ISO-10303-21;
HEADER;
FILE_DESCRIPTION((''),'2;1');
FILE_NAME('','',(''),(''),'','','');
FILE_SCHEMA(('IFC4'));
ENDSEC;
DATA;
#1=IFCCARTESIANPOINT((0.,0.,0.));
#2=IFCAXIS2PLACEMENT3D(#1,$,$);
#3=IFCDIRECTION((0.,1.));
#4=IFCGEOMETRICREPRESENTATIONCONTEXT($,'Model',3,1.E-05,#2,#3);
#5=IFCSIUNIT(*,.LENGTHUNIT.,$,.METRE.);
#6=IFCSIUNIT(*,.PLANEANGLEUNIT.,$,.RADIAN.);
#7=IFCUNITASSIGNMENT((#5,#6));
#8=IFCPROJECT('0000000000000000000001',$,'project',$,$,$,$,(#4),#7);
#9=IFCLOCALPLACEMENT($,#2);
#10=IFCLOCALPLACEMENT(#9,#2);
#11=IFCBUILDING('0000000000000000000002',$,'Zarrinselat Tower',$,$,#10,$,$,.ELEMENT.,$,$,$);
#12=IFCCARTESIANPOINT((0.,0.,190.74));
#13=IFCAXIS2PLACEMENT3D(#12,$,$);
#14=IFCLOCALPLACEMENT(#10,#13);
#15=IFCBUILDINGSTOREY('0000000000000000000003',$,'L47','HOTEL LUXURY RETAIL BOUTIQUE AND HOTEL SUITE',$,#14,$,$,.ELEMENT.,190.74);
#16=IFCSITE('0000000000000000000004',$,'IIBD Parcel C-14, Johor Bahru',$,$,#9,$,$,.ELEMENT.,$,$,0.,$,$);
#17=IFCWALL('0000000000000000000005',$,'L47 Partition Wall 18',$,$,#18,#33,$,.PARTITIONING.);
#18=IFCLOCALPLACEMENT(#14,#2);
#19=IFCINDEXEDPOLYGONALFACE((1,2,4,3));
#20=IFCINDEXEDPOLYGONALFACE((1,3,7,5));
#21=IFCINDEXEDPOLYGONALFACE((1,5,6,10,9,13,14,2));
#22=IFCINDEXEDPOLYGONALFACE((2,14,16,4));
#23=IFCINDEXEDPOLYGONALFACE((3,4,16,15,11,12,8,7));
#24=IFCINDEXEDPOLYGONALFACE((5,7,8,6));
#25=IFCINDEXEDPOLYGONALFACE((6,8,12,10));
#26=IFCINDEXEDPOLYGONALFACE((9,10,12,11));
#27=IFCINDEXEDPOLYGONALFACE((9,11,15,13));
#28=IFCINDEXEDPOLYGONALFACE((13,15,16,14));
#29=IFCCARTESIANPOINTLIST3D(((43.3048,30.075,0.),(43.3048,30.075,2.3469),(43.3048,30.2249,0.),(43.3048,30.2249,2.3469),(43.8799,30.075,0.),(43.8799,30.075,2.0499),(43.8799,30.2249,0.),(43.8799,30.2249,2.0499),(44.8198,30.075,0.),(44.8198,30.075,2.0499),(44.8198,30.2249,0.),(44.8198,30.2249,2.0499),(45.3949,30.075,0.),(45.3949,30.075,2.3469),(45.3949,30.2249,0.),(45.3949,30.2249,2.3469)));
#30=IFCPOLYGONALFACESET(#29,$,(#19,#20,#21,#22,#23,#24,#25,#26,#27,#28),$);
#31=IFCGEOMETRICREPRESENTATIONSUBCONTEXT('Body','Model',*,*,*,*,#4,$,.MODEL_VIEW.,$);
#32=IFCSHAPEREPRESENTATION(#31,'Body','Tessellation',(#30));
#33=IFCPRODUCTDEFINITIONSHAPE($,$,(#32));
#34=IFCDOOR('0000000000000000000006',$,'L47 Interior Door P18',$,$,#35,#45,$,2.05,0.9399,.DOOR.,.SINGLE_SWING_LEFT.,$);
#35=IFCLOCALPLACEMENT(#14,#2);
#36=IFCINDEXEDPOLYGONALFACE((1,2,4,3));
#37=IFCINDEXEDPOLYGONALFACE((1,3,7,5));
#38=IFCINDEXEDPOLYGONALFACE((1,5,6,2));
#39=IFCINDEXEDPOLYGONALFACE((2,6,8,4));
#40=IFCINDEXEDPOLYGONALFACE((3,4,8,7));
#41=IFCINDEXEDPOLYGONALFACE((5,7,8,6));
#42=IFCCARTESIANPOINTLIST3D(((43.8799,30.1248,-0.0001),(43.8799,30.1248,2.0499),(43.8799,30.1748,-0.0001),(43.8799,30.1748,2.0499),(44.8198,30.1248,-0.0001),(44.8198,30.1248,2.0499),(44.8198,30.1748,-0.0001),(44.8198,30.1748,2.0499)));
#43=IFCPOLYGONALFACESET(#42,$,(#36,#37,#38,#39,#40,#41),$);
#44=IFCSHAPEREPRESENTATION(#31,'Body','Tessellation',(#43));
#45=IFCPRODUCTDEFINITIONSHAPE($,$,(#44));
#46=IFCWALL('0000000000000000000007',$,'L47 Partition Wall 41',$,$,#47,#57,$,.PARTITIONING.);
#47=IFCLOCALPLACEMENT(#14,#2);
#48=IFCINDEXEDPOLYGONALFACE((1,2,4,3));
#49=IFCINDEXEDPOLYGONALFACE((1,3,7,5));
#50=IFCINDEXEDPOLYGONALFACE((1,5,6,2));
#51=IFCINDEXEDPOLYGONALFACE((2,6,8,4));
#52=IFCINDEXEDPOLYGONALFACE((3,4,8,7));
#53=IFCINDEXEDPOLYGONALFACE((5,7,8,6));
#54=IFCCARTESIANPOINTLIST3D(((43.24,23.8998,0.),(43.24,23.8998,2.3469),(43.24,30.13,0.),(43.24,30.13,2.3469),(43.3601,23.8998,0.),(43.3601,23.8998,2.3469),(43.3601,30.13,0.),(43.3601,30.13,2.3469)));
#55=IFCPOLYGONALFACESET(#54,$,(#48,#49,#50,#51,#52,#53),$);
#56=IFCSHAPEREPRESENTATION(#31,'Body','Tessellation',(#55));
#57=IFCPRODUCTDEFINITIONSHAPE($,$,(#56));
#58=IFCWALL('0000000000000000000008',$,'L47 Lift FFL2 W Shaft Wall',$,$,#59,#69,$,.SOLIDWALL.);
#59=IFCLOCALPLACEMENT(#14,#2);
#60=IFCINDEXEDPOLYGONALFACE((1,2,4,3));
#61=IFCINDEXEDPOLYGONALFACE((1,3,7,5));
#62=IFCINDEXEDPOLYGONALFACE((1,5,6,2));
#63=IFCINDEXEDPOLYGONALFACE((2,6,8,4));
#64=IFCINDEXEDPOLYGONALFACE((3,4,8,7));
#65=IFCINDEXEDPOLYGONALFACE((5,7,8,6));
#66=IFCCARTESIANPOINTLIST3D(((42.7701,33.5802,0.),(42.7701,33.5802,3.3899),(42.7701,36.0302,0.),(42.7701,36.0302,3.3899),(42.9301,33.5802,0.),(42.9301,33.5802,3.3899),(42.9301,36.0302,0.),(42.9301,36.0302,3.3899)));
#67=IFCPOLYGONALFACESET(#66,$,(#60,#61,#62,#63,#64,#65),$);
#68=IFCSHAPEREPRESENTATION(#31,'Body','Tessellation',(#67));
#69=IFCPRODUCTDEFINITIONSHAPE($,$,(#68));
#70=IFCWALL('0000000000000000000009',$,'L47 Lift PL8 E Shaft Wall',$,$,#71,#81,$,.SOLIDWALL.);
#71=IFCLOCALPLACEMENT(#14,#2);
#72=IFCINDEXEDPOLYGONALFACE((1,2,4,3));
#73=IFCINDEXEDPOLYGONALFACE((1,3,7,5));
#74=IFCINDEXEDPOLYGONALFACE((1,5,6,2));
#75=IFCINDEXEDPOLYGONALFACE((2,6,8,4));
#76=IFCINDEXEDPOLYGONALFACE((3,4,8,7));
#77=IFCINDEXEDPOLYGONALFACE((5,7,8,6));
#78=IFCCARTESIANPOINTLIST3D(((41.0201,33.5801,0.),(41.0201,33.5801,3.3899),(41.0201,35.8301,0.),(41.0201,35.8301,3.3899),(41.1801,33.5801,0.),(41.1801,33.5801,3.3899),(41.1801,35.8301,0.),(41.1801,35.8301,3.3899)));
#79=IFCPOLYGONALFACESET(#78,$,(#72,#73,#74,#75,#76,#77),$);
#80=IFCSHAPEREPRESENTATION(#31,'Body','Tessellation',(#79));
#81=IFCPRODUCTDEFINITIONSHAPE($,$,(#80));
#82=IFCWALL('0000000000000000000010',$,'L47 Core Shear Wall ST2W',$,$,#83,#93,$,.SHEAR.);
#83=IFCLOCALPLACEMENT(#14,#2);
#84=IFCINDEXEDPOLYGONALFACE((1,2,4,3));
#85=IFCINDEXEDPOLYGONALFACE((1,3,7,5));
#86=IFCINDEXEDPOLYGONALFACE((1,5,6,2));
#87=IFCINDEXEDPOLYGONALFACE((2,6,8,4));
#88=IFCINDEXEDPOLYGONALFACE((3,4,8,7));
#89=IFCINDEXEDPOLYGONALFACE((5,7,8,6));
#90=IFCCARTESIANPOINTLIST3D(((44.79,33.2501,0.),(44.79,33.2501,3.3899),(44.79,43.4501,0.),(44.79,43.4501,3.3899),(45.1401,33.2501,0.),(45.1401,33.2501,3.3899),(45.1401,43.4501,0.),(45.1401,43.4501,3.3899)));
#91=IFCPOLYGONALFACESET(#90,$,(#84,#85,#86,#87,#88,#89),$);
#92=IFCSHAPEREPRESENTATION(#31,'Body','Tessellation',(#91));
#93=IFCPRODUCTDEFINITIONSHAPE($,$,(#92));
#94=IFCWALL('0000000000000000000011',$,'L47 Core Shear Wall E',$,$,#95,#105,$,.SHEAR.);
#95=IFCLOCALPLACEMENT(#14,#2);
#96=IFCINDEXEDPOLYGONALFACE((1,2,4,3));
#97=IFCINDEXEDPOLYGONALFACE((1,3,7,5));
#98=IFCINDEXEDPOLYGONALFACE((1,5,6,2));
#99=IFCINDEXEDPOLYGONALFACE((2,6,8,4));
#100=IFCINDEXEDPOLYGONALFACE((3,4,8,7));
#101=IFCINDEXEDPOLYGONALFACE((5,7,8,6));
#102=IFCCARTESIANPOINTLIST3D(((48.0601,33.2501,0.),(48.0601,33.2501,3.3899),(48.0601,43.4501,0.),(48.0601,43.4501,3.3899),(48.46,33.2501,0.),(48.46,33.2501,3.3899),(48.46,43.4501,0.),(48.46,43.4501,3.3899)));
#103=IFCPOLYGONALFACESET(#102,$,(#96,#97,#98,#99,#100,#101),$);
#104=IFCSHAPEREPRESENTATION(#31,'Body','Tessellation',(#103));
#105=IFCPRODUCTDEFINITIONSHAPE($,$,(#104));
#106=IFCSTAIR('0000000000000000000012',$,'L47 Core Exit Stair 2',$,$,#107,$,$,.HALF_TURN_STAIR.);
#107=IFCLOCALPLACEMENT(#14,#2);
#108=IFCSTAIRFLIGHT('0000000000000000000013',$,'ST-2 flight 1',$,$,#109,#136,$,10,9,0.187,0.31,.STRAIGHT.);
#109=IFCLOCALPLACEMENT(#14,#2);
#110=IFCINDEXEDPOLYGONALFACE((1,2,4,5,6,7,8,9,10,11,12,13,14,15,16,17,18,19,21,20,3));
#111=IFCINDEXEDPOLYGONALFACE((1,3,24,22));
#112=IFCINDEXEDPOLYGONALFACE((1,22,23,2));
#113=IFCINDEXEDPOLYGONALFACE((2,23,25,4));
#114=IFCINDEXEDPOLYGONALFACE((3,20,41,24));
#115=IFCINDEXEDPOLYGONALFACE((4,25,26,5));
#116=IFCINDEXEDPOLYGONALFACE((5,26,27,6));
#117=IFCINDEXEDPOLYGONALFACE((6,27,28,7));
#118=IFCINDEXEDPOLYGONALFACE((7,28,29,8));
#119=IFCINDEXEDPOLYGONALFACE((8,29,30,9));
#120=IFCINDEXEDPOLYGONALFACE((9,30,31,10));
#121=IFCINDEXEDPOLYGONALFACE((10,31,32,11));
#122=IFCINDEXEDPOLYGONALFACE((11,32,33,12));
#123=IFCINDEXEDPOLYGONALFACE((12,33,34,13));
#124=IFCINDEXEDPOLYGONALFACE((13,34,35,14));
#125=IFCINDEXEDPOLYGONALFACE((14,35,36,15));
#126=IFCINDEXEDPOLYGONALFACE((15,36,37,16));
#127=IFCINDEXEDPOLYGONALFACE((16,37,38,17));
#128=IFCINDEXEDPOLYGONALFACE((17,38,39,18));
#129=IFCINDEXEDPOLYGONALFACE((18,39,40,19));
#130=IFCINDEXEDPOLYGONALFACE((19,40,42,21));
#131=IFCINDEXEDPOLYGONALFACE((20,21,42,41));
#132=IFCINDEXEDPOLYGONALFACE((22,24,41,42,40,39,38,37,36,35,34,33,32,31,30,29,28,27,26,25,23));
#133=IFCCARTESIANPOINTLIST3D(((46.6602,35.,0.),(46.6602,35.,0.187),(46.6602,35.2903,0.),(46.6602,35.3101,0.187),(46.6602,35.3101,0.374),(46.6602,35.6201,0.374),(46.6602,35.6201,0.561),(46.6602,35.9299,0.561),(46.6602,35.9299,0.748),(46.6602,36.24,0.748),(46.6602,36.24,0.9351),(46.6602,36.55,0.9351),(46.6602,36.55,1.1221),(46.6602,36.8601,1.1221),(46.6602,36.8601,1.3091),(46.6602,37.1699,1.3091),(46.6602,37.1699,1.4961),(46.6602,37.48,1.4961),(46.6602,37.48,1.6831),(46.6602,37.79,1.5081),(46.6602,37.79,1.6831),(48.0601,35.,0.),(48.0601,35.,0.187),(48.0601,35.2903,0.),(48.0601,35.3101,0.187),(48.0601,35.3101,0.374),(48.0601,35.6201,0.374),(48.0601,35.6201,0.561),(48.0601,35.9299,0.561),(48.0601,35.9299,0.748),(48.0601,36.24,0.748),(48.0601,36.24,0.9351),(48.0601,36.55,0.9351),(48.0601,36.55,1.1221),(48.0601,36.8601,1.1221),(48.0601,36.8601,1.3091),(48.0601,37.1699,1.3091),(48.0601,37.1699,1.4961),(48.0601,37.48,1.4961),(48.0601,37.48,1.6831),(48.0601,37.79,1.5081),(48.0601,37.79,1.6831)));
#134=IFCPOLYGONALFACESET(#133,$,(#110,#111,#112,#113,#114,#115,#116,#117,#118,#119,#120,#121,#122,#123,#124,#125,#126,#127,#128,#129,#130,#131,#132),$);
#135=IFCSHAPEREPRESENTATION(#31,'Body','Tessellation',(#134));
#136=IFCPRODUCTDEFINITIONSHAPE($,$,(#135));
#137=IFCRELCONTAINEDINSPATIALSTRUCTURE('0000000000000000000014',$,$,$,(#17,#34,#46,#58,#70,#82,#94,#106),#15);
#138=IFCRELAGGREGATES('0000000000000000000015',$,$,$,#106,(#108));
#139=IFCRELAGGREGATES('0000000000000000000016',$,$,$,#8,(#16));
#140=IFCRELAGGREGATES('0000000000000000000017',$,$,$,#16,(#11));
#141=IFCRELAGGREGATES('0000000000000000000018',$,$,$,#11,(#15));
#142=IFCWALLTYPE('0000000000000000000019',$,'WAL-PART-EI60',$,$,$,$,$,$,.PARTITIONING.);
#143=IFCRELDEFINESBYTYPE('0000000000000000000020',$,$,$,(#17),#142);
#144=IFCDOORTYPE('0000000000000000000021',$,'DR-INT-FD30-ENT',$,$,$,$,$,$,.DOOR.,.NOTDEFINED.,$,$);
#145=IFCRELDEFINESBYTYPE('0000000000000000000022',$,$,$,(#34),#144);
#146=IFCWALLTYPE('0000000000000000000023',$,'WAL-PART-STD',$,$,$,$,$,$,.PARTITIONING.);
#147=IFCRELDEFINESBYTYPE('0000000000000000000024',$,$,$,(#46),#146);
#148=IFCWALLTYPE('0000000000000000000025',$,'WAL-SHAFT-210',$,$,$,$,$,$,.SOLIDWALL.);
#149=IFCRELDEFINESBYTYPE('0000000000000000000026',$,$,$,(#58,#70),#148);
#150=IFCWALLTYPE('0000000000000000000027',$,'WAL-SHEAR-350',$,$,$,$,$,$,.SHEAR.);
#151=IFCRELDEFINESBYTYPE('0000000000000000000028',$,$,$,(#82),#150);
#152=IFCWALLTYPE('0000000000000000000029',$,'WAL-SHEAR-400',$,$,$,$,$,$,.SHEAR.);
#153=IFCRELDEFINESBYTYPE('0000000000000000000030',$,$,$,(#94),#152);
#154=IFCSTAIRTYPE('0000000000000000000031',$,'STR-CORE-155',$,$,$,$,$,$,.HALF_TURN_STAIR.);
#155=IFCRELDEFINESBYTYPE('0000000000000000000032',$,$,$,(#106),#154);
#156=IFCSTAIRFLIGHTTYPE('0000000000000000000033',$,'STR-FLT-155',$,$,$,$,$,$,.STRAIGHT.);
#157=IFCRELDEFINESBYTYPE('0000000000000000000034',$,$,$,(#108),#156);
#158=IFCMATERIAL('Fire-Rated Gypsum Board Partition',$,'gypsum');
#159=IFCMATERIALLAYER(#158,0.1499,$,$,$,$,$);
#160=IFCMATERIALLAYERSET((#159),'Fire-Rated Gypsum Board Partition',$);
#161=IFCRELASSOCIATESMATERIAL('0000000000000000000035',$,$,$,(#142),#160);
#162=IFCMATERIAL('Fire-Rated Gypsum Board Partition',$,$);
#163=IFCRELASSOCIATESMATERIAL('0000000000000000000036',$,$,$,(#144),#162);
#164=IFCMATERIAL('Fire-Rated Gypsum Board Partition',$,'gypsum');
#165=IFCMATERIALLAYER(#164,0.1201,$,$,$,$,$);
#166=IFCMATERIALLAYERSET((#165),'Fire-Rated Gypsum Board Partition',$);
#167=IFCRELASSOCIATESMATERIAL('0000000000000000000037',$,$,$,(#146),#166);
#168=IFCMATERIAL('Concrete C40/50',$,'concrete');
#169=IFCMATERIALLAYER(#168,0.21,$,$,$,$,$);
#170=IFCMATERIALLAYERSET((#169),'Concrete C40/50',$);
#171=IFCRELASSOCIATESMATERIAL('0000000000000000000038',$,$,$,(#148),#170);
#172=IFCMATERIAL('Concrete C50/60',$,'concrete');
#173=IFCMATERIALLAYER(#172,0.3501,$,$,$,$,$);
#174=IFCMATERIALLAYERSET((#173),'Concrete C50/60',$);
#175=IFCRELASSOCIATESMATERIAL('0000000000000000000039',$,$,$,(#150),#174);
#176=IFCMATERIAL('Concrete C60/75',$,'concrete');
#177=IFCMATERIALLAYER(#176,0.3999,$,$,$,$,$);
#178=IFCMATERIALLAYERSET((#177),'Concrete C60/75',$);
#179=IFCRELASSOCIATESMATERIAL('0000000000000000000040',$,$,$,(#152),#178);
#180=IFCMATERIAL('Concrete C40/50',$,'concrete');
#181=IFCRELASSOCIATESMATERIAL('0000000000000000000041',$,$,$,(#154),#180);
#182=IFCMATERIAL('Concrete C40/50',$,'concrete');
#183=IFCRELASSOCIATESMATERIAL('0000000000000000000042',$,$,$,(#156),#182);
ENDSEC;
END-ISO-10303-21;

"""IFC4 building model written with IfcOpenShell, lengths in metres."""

from ifc_helpers import new_model, si_unit, direction, frame, frame_2d, origin, place, context, subcontext, project, spatial, polyline, rectangle, outline, extrude, material, layer, layer_set, type_object, element, fill, aggregate, save


model = new_model("IFC4")

# Units and contexts
model_context = context("Model", 3, precision=1e-05, world=origin(), true_north=direction((0.0, 1.0)))
body_context = subcontext(model_context, "Body", "Model", "MODEL_VIEW")
ifc_project = project(units=[si_unit("LENGTHUNIT", "METRE"), si_unit("PLANEANGLEUNIT", "RADIAN")], contexts=[model_context])

# Site, building, storey
site_placement = place(None, origin())
site = spatial("IfcSite", under=ifc_project, at=site_placement, Name="IIBD Parcel C-14, Johor Bahru", CompositionType="ELEMENT", RefElevation=0.0)
building_placement = place(site_placement, origin())
building = spatial("IfcBuilding", under=site, at=building_placement, Name="Zarrinselat Tower", CompositionType="ELEMENT")
storey_placement = place(building_placement, frame((0.0, 0.0, 190.74)))
storey = spatial("IfcBuildingStorey", under=building, at=storey_placement, Name="L47", Description="HOTEL LUXURY RETAIL BOUTIQUE AND HOTEL SUITE", CompositionType="ELEMENT", Elevation=190.74)

# Wall, opening, door
ifc_material_1 = material(Name="Fire-Rated Gypsum Board Partition", Category="gypsum")
ifc_layer_1 = layer(ifc_material_1, 0.1499)
ifc_layer_set_1 = layer_set([ifc_layer_1], Name="Fire-Rated Gypsum Board Partition")
wall_type_1 = type_object("IfcWallType", Name="WAL-PART-EI60", PredefinedType="PARTITIONING", material=ifc_layer_set_1)
wall_1_placement = place(storey_placement, frame((43.3049, 30.1499, 0.0), z_axis=(0.0, 0.0, 1.0), x_axis=(1.0, 0.0, 0.0)))
wall_1 = element("IfcWall", 1, at=wall_1_placement, inside=storey, type_object=wall_type_1, Name="L47 Partition Wall 18", PredefinedType="PARTITIONING", context=body_context, shape_type="SweptSolid", body=[
    extrude(rectangle(XDim=2.0901, YDim=0.1499, at=frame_2d((1.0449, 0.0))), origin(), (0.0, 0.0, 1.0), 2.3469),
])
opening_1_placement = place(wall_1_placement, frame((0.575, 0.0, 0.0)))
opening_1 = element("IfcOpeningElement", 2, at=opening_1_placement, cuts=wall_1, PredefinedType="OPENING", context=body_context, shape_type="SweptSolid", body=[
    extrude(rectangle(XDim=0.9399, YDim=2.05, at=frame_2d((0.47, 1.0249))), frame((0.0, 0.085, 0.0), z_axis=(0.0, -1.0, 0.0), x_axis=(1.0, 0.0, 0.0)), (0.0, 0.0, 1.0), 0.1699),
])
ifc_material_2 = material(Name="Fire-Rated Gypsum Board Partition")
door_type_1 = type_object("IfcDoorType", Name="DR-INT-FD30-ENT", OperationType="NOTDEFINED", PredefinedType="DOOR", material=ifc_material_2)
door_1_placement = place(opening_1_placement, origin())
door_1 = element("IfcDoor", 3, at=door_1_placement, inside=storey, type_object=door_type_1, Name="L47 Interior Door P18", OperationType="SINGLE_SWING_LEFT", OverallHeight=2.05, OverallWidth=0.9399, PredefinedType="DOOR", context=body_context, shape_type="SweptSolid", body=[
    extrude(rectangle(XDim=0.9399, YDim=2.05, at=frame_2d((0.47, 1.0249))), frame((0.0, 0.0249, 0.0), z_axis=(0.0, -1.0, 0.0), x_axis=(1.0, 0.0, 0.0)), (0.0, 0.0, 1.0), 0.05),
])
fill(opening_1, door_1)

# Walls
ifc_material_3 = material(Name="Fire-Rated Gypsum Board Partition", Category="gypsum")
ifc_layer_2 = layer(ifc_material_3, 0.1201)
ifc_layer_set_2 = layer_set([ifc_layer_2], Name="Fire-Rated Gypsum Board Partition")
wall_type_2 = type_object("IfcWallType", Name="WAL-PART-STD", PredefinedType="PARTITIONING", material=ifc_layer_set_2)
wall_2_placement = place(storey_placement, frame((43.3, 23.8997, 0.0), z_axis=(0.0, 0.0, 1.0), x_axis=(0.0, 1.0, 0.0)))
element("IfcWall", 4, at=wall_2_placement, inside=storey, type_object=wall_type_2, Name="L47 Partition Wall 41", PredefinedType="PARTITIONING", context=body_context, shape_type="SweptSolid", body=[
    extrude(rectangle(XDim=6.2302, YDim=0.1201, at=frame_2d((3.1152, 0.0))), origin(), (0.0, 0.0, 1.0), 2.3469),
])
ifc_material_4 = material(Name="Concrete C40/50", Category="concrete")
ifc_layer_3 = layer(ifc_material_4, 0.21)
ifc_layer_set_3 = layer_set([ifc_layer_3], Name="Concrete C40/50")
wall_type_3 = type_object("IfcWallType", Name="WAL-SHAFT-210", PredefinedType="SOLIDWALL", material=ifc_layer_set_3)
wall_3_placement = place(storey_placement, frame((42.8501, 33.5801, 0.0), z_axis=(0.0, 0.0, 1.0), x_axis=(0.0, 1.0, 0.0)))
element("IfcWall", 5, at=wall_3_placement, inside=storey, type_object=wall_type_3, Name="L47 Lift FFL2 W Shaft Wall", PredefinedType="SOLIDWALL", context=body_context, shape_type="SweptSolid", body=[
    extrude(rectangle(XDim=2.45, YDim=0.1599, at=frame_2d((1.2251, 0.0))), origin(), (0.0, 0.0, 1.0), 3.3899),
])
wall_4_placement = place(storey_placement, frame((41.1001, 33.5801, 0.0), z_axis=(0.0, 0.0, 1.0), x_axis=(0.0, 1.0, 0.0)))
element("IfcWall", 6, at=wall_4_placement, inside=storey, type_object=wall_type_3, Name="L47 Lift PL8 E Shaft Wall", PredefinedType="SOLIDWALL", context=body_context, shape_type="SweptSolid", body=[
    extrude(rectangle(XDim=2.25, YDim=0.1599, at=frame_2d((1.125, 0.0))), origin(), (0.0, 0.0, 1.0), 3.3899),
])
ifc_material_5 = material(Name="Concrete C50/60", Category="concrete")
ifc_layer_4 = layer(ifc_material_5, 0.3501)
ifc_layer_set_4 = layer_set([ifc_layer_4], Name="Concrete C50/60")
wall_type_4 = type_object("IfcWallType", Name="WAL-SHEAR-350", PredefinedType="SHEAR", material=ifc_layer_set_4)
wall_5_placement = place(storey_placement, frame((44.9651, 33.25, 0.0), z_axis=(0.0, 0.0, 1.0), x_axis=(0.0, 1.0, 0.0)))
element("IfcWall", 7, at=wall_5_placement, inside=storey, type_object=wall_type_4, Name="L47 Core Shear Wall ST2W", PredefinedType="SHEAR", context=body_context, shape_type="SweptSolid", body=[
    extrude(rectangle(XDim=10.2, YDim=0.3501, at=frame_2d((5.1001, 0.0))), origin(), (0.0, 0.0, 1.0), 3.3899),
])
ifc_material_6 = material(Name="Concrete C60/75", Category="concrete")
ifc_layer_5 = layer(ifc_material_6, 0.3999)
ifc_layer_set_5 = layer_set([ifc_layer_5], Name="Concrete C60/75")
wall_type_5 = type_object("IfcWallType", Name="WAL-SHEAR-400", PredefinedType="SHEAR", material=ifc_layer_set_5)
wall_6_placement = place(storey_placement, frame((48.26, 33.25, 0.0), z_axis=(0.0, 0.0, 1.0), x_axis=(0.0, 1.0, 0.0)))
element("IfcWall", 8, at=wall_6_placement, inside=storey, type_object=wall_type_5, Name="L47 Core Shear Wall E", PredefinedType="SHEAR", context=body_context, shape_type="SweptSolid", body=[
    extrude(rectangle(XDim=10.2, YDim=0.3999, at=frame_2d((5.1001, 0.0))), origin(), (0.0, 0.0, 1.0), 3.3899),
])

# Stair, stair flight
ifc_material_7 = material(Name="Concrete C40/50", Category="concrete")
stair_type = type_object("IfcStairType", Name="STR-CORE-155", PredefinedType="HALF_TURN_STAIR", material=ifc_material_7)
stair_placement = place(storey_placement, origin())
stair = element("IfcStair", 9, at=stair_placement, inside=storey, type_object=stair_type, Name="L47 Core Exit Stair 2", PredefinedType="HALF_TURN_STAIR")
ifc_material_8 = material(Name="Concrete C40/50", Category="concrete")
stair_flight_type = type_object("IfcStairFlightType", Name="STR-FLT-155", PredefinedType="STRAIGHT", material=ifc_material_8)
stair_flight_placement = place(storey_placement, frame((47.3601, 35.0, 0.0), z_axis=(0.0, 0.0, 1.0), x_axis=(0.0, 1.0, 0.0)))
stair_flight = element("IfcStairFlight", 10, at=stair_flight_placement, type_object=stair_flight_type, Name="ST-2 flight 1", NumberOfRisers=10, NumberOfTreads=9, PredefinedType="STRAIGHT", RiserHeight=0.187, TreadLength=0.31, context=body_context, shape_type="SweptSolid", body=[
    extrude(outline(polyline([(0.0, 0.0), (0.0, 0.187), (0.3101, 0.187), (0.3101, 0.374), (0.6201, 0.374), (0.6201, 0.561), (0.9299, 0.561), (0.9299, 0.748), (1.24, 0.748), (1.24, 0.9351), (1.55, 0.9351), (1.55, 1.1221), (1.8601, 1.1221), (1.8601, 1.3091), (2.1699, 1.3091), (2.1699, 1.4961), (2.48, 1.4961), (2.48, 1.6831), (2.79, 1.6831), (2.79, 1.8701), (2.79, 1.5081), (0.2903, 0.0), (0.0, 0.0)])), frame((0.0, 0.7, 0.0), z_axis=(0.0, -1.0, 0.0), x_axis=(1.0, 0.0, 0.0)), (0.0, 0.0, 1.0), 1.3999),
])
aggregate(stair, [stair_flight])

save(model, "model.ifc")
